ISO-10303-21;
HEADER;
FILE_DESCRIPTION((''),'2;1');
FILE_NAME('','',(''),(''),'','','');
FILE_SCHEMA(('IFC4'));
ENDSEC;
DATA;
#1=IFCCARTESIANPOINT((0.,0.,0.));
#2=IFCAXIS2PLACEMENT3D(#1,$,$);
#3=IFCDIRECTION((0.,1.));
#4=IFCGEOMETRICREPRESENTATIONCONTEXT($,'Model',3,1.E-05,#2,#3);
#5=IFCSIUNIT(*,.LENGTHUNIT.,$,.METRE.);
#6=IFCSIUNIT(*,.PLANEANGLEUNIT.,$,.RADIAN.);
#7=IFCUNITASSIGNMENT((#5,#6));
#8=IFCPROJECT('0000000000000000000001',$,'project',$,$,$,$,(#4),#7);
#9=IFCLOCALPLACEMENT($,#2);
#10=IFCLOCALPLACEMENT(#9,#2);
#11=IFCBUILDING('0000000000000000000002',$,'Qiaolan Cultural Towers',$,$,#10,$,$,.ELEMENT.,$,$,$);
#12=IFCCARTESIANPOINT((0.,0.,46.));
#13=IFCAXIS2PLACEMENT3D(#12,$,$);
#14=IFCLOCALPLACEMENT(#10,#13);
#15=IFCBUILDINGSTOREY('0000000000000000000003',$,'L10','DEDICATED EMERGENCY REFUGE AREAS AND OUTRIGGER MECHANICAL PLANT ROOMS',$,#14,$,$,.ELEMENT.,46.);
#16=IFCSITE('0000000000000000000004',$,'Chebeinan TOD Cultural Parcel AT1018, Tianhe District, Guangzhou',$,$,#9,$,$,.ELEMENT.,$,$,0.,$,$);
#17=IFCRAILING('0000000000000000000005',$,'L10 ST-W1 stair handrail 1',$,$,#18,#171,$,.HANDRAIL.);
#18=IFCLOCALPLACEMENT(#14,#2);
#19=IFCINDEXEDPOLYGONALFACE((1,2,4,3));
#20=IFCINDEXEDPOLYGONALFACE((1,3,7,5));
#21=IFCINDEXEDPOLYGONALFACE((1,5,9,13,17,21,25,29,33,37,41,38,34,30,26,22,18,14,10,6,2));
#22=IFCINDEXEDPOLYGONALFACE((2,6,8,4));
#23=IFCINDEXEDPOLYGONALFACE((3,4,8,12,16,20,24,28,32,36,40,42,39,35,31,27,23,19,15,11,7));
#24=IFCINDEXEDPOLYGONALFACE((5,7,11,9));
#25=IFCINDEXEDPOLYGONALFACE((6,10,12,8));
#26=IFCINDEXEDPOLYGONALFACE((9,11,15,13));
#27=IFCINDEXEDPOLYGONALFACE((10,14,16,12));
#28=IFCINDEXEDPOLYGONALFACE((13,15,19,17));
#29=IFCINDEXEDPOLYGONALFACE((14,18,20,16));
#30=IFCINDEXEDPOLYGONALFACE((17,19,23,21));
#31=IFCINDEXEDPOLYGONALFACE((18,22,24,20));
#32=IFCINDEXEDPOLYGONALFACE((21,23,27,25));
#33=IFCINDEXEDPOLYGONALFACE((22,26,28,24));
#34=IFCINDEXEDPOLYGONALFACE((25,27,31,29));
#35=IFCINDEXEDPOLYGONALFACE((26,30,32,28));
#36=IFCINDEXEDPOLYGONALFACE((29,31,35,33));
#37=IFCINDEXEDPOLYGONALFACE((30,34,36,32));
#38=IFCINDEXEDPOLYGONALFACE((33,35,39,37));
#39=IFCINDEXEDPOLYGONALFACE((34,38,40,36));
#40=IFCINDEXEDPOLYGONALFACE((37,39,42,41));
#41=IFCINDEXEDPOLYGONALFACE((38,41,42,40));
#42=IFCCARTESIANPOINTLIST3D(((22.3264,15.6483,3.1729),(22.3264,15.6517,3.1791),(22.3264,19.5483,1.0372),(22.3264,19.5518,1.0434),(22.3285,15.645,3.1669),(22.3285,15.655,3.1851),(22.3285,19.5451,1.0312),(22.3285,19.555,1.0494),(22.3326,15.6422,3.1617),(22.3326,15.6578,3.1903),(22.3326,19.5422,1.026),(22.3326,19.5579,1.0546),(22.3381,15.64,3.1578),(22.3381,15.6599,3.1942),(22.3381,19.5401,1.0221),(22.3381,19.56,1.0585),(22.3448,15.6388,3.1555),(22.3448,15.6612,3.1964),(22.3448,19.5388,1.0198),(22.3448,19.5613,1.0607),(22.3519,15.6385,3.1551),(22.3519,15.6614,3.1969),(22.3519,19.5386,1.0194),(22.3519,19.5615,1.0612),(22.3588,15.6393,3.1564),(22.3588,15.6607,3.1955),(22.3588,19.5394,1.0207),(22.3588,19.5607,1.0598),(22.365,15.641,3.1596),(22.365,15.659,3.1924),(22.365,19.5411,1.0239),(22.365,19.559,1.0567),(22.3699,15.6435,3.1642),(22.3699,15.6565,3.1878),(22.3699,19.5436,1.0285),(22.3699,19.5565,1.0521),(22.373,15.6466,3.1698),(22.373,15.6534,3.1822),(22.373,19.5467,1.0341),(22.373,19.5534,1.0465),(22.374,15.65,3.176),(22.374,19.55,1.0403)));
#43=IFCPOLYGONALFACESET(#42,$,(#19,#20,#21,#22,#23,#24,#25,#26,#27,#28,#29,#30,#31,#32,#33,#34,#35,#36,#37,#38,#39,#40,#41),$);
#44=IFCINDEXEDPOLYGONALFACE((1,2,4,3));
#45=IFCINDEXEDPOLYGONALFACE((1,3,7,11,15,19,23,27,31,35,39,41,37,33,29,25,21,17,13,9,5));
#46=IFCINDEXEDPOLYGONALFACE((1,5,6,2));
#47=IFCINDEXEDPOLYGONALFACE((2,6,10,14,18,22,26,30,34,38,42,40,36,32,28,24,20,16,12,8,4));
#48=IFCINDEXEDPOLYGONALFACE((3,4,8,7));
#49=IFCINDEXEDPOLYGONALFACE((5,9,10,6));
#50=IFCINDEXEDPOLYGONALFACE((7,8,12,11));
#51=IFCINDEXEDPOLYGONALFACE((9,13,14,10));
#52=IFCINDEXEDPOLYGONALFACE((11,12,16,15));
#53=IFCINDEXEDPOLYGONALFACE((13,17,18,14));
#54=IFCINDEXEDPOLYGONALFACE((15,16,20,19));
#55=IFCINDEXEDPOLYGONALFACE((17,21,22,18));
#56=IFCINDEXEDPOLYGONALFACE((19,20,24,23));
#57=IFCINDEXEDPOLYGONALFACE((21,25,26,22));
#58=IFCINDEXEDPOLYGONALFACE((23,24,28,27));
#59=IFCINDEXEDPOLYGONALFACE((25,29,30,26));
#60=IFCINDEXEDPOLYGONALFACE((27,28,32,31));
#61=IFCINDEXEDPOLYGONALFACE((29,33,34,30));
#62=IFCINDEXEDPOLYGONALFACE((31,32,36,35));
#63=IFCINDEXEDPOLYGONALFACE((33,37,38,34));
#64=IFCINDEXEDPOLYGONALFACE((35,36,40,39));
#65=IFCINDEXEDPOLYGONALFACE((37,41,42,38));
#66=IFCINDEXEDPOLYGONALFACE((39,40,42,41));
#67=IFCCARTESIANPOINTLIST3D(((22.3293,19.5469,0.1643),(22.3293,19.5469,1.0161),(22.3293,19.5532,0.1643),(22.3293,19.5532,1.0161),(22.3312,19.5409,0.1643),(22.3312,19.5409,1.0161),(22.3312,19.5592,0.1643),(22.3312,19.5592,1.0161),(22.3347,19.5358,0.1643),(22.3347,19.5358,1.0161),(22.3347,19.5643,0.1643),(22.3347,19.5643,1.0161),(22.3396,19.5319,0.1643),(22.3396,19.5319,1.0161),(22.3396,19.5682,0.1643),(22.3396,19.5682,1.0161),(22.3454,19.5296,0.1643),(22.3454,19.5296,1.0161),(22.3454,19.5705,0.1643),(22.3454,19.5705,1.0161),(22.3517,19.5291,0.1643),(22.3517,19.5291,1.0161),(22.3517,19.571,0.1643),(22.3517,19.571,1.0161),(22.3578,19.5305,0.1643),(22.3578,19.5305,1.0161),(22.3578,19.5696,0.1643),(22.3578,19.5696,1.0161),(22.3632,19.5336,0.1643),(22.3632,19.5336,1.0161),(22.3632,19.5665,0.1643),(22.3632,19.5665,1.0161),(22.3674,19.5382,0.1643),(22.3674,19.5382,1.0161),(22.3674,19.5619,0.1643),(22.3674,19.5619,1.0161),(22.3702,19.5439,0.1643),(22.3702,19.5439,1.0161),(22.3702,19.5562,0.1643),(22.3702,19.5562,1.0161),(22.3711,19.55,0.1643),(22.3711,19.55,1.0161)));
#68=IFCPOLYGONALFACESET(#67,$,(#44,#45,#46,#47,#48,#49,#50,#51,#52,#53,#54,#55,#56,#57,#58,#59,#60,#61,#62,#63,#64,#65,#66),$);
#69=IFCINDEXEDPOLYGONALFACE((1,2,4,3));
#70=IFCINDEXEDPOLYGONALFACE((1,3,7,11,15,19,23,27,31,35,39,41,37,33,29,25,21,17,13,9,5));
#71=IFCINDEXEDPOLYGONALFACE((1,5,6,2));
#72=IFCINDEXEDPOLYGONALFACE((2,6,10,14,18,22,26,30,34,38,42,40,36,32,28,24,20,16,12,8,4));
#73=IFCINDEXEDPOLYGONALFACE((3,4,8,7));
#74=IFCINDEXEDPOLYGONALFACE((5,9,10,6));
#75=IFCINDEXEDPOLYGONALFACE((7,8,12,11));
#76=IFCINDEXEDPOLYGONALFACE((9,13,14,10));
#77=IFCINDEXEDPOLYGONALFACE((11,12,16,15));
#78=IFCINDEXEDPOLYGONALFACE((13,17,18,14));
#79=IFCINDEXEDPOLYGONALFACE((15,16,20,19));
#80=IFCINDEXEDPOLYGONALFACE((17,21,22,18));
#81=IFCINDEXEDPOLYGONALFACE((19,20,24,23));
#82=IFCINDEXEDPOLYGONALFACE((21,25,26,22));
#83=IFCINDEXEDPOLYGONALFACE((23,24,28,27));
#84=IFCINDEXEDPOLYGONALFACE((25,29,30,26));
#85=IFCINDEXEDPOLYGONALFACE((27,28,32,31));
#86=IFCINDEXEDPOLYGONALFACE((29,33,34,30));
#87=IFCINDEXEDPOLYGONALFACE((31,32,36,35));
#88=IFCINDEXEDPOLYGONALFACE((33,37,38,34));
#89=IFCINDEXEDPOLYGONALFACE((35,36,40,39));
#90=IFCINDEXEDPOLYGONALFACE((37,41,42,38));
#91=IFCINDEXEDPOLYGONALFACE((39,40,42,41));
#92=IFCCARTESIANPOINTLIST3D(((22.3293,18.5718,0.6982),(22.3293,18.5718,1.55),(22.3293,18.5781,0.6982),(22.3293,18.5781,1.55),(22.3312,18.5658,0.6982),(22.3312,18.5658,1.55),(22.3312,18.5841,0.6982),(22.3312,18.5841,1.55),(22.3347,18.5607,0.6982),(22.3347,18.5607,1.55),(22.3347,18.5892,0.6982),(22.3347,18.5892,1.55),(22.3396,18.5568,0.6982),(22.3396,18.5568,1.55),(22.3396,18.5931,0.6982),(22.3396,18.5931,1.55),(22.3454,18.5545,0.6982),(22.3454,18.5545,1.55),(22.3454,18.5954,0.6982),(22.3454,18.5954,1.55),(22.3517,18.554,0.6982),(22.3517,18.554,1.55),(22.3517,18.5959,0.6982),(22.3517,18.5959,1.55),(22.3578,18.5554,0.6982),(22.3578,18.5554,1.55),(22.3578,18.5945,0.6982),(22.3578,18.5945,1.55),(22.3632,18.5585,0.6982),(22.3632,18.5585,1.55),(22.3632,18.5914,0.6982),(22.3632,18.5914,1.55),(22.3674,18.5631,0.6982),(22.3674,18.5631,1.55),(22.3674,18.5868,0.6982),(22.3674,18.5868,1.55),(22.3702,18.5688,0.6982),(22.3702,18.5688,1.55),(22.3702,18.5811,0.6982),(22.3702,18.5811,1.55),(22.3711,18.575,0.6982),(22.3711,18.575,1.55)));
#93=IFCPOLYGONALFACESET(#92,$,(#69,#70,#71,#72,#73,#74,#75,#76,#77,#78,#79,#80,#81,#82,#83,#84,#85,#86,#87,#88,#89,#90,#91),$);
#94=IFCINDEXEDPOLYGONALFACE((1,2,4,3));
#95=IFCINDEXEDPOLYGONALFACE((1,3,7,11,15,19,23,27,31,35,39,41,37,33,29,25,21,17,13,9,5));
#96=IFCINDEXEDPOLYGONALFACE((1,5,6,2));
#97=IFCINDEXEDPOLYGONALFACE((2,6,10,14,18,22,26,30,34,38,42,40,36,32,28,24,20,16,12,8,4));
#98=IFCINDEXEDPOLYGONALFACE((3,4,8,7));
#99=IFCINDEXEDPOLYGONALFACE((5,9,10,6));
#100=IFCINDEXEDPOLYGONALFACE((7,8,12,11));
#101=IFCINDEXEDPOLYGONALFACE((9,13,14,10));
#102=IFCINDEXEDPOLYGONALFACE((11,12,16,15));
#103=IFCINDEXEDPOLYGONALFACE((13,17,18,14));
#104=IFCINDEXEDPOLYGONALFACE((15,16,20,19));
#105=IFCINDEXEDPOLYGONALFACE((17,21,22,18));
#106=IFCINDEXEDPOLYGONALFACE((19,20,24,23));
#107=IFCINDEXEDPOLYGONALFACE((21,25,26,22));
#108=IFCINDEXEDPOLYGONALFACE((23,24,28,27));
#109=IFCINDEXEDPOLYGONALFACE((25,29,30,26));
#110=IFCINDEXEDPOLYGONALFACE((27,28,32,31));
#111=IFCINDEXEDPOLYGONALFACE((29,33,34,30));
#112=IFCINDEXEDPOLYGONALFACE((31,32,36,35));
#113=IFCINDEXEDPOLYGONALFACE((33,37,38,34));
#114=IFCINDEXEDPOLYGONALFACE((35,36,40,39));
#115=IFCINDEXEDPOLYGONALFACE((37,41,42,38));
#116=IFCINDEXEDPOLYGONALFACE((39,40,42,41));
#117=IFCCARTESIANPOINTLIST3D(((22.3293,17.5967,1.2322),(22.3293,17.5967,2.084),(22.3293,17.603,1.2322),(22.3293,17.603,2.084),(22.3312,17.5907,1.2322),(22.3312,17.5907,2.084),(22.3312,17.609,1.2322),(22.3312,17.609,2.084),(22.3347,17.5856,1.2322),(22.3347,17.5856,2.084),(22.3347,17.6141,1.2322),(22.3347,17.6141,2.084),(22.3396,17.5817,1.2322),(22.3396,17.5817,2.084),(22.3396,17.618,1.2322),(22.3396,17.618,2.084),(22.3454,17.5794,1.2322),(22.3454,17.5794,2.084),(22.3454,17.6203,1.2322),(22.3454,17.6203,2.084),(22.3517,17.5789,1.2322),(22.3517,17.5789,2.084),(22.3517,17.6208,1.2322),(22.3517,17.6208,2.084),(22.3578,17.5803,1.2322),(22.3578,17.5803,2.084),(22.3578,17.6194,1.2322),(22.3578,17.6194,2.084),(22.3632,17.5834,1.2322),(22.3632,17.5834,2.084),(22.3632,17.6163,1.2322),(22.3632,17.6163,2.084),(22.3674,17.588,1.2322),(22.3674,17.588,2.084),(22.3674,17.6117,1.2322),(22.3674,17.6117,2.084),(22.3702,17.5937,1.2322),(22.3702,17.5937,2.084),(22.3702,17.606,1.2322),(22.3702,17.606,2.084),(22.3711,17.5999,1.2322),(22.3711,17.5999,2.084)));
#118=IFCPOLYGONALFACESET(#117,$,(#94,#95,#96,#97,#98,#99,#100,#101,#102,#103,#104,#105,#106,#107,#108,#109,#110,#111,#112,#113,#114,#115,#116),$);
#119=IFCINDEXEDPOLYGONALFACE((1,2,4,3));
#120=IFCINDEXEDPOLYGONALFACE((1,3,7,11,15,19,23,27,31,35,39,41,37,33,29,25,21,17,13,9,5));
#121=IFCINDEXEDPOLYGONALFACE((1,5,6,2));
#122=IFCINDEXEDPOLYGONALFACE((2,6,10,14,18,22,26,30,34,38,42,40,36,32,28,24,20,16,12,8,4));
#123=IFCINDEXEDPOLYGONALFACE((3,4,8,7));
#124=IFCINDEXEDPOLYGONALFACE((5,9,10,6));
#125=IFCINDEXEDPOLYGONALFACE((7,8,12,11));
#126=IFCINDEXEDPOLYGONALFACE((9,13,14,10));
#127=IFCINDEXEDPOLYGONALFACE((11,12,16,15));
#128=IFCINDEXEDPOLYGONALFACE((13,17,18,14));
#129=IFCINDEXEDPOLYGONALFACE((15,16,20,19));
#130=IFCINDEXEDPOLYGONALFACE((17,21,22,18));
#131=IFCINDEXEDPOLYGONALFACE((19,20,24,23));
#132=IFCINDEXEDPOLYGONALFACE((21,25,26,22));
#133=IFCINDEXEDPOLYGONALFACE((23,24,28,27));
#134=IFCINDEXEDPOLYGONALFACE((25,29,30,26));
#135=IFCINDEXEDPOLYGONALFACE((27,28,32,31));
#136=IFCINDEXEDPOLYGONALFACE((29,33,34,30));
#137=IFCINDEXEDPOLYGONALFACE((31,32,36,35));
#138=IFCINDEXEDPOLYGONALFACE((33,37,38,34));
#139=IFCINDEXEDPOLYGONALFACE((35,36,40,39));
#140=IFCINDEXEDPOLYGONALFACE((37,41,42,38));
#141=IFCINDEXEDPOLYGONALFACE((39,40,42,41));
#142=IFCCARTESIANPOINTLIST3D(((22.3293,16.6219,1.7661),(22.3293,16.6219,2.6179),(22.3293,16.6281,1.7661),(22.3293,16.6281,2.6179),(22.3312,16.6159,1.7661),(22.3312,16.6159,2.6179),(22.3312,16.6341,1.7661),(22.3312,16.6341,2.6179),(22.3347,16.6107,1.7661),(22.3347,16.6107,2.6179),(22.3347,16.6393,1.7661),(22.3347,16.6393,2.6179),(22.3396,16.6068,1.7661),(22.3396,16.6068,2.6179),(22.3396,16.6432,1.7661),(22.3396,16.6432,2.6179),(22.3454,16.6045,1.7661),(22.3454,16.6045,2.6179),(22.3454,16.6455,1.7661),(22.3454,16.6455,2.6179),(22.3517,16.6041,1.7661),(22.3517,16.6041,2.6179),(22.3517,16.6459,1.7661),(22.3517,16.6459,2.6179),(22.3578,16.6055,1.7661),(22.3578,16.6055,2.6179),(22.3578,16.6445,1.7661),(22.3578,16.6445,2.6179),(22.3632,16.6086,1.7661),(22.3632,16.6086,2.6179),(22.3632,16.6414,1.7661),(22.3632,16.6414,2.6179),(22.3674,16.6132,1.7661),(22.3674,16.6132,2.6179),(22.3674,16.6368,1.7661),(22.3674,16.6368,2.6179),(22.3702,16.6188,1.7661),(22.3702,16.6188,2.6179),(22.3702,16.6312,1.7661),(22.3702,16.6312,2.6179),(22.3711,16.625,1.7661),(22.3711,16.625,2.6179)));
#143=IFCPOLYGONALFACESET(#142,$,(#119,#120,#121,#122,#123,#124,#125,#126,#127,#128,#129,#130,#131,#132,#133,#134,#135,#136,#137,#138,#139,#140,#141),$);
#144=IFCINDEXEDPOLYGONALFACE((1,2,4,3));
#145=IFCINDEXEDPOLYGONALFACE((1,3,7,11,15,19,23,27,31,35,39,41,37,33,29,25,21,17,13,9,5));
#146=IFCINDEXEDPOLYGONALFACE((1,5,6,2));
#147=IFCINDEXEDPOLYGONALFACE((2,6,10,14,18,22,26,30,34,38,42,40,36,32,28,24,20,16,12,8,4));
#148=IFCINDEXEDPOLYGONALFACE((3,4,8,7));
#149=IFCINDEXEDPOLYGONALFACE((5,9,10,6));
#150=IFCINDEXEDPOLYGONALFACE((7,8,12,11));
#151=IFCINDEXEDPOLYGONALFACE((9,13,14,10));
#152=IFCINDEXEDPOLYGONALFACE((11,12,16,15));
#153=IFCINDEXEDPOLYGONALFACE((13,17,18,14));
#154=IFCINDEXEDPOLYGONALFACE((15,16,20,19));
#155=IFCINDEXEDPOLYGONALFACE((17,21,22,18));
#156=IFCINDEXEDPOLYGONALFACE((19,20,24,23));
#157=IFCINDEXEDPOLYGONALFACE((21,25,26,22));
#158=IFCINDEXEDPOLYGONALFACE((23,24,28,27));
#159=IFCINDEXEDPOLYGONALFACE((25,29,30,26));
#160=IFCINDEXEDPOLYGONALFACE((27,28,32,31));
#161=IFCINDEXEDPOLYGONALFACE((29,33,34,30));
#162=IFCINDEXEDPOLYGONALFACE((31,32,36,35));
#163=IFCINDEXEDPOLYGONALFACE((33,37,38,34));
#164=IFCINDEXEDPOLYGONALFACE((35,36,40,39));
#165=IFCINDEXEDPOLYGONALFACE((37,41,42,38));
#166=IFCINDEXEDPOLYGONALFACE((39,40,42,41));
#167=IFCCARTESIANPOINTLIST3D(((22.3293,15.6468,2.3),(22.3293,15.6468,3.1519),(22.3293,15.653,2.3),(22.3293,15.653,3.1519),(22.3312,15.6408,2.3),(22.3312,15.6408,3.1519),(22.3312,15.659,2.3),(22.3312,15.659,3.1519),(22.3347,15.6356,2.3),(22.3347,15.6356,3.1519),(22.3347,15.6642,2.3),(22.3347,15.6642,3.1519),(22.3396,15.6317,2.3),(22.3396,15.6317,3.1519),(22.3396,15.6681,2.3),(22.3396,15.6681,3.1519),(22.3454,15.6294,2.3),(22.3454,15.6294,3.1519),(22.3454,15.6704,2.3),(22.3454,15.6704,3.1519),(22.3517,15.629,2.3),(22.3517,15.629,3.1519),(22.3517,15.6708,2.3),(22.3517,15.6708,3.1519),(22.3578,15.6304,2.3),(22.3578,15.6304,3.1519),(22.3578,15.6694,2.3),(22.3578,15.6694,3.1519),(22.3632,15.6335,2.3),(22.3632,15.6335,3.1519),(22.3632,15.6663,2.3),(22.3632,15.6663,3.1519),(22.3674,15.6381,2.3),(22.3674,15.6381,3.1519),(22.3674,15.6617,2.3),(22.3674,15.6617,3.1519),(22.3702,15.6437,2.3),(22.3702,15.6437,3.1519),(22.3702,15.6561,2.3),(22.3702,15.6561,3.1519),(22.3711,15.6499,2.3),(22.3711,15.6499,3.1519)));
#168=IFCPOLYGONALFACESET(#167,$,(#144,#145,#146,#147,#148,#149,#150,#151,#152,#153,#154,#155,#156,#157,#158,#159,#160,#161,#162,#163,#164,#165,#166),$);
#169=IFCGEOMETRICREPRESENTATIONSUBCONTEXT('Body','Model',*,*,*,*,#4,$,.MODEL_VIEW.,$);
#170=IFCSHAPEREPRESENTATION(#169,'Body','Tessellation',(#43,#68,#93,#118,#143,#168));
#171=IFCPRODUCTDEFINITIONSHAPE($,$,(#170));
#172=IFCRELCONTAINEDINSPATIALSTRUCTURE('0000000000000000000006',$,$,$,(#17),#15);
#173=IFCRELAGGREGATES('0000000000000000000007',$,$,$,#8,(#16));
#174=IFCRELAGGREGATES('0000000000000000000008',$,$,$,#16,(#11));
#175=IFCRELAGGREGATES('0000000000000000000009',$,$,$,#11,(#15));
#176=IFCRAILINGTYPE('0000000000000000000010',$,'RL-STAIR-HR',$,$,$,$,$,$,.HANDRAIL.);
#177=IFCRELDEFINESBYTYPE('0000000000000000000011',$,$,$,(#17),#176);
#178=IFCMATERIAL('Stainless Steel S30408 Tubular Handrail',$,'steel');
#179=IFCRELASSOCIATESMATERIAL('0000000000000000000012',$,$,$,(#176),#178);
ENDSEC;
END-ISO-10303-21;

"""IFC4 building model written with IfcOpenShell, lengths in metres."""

from ifc_helpers import new_model, si_unit, direction, frame, origin, origin_2d, place, context, subcontext, project, spatial, circle, extrude, material, type_object, element, save


model = new_model("IFC4")

# Units and contexts
model_context = context("Model", 3, precision=1e-05, world=origin(), true_north=direction((0.0, 1.0)))
body_context = subcontext(model_context, "Body", "Model", "MODEL_VIEW")
ifc_project = project(units=[si_unit("LENGTHUNIT", "METRE"), si_unit("PLANEANGLEUNIT", "RADIAN")], contexts=[model_context])

# Site, building, storey
site_placement = place(None, origin())
site = spatial("IfcSite", under=ifc_project, at=site_placement, Name="Chebeinan TOD Cultural Parcel AT1018, Tianhe District, Guangzhou", CompositionType="ELEMENT", RefElevation=0.0)
building_placement = place(site_placement, origin())
building = spatial("IfcBuilding", under=site, at=building_placement, Name="Qiaolan Cultural Towers", CompositionType="ELEMENT")
storey_placement = place(building_placement, frame((0.0, 0.0, 46.0)))
storey = spatial("IfcBuildingStorey", under=building, at=storey_placement, Name="L10", Description="DEDICATED EMERGENCY REFUGE AREAS AND OUTRIGGER MECHANICAL PLANT ROOMS", CompositionType="ELEMENT", Elevation=46.0)

# Railing
ifc_material_1 = material(Name="Stainless Steel S30408 Tubular Handrail", Category="steel")
railing_type_1 = type_object("IfcRailingType", Name="RL-STAIR-HR", PredefinedType="HANDRAIL", material=ifc_material_1)
railing_1_placement = place(storey_placement, frame((22.3501, 19.55, 0.1643)))
element("IfcRailing", 1, at=railing_1_placement, inside=storey, type_object=railing_type_1, Name="L10 ST-W1 stair handrail 1", PredefinedType="HANDRAIL", context=body_context, shape_type="SweptSolid", body=[
    extrude(circle(Radius=0.0239, at=origin_2d()), frame((0.0, 0.0, 0.876), z_axis=(0.0, -0.877101, 0.480306), x_axis=(1.0, 0.0, 0.0)), (0.0, 0.0, 1.0), 4.4465),
    extrude(circle(Radius=0.021, at=origin_2d()), origin(), (0.0, 0.0, 1.0), 0.8518),
    extrude(circle(Radius=0.021, at=origin_2d()), frame((0.0, -0.9751, 0.5339)), (0.0, 0.0, 1.0), 0.8518),
    extrude(circle(Radius=0.021, at=origin_2d()), frame((0.0, -1.9502, 1.0679)), (0.0, 0.0, 1.0), 0.8518),
    extrude(circle(Radius=0.021, at=origin_2d()), frame((0.0, -2.925, 1.6018)), (0.0, 0.0, 1.0), 0.8518),
    extrude(circle(Radius=0.021, at=origin_2d()), frame((0.0, -3.9001, 2.1357)), (0.0, 0.0, 1.0), 0.8518),
])

save(model, "model.ifc")
